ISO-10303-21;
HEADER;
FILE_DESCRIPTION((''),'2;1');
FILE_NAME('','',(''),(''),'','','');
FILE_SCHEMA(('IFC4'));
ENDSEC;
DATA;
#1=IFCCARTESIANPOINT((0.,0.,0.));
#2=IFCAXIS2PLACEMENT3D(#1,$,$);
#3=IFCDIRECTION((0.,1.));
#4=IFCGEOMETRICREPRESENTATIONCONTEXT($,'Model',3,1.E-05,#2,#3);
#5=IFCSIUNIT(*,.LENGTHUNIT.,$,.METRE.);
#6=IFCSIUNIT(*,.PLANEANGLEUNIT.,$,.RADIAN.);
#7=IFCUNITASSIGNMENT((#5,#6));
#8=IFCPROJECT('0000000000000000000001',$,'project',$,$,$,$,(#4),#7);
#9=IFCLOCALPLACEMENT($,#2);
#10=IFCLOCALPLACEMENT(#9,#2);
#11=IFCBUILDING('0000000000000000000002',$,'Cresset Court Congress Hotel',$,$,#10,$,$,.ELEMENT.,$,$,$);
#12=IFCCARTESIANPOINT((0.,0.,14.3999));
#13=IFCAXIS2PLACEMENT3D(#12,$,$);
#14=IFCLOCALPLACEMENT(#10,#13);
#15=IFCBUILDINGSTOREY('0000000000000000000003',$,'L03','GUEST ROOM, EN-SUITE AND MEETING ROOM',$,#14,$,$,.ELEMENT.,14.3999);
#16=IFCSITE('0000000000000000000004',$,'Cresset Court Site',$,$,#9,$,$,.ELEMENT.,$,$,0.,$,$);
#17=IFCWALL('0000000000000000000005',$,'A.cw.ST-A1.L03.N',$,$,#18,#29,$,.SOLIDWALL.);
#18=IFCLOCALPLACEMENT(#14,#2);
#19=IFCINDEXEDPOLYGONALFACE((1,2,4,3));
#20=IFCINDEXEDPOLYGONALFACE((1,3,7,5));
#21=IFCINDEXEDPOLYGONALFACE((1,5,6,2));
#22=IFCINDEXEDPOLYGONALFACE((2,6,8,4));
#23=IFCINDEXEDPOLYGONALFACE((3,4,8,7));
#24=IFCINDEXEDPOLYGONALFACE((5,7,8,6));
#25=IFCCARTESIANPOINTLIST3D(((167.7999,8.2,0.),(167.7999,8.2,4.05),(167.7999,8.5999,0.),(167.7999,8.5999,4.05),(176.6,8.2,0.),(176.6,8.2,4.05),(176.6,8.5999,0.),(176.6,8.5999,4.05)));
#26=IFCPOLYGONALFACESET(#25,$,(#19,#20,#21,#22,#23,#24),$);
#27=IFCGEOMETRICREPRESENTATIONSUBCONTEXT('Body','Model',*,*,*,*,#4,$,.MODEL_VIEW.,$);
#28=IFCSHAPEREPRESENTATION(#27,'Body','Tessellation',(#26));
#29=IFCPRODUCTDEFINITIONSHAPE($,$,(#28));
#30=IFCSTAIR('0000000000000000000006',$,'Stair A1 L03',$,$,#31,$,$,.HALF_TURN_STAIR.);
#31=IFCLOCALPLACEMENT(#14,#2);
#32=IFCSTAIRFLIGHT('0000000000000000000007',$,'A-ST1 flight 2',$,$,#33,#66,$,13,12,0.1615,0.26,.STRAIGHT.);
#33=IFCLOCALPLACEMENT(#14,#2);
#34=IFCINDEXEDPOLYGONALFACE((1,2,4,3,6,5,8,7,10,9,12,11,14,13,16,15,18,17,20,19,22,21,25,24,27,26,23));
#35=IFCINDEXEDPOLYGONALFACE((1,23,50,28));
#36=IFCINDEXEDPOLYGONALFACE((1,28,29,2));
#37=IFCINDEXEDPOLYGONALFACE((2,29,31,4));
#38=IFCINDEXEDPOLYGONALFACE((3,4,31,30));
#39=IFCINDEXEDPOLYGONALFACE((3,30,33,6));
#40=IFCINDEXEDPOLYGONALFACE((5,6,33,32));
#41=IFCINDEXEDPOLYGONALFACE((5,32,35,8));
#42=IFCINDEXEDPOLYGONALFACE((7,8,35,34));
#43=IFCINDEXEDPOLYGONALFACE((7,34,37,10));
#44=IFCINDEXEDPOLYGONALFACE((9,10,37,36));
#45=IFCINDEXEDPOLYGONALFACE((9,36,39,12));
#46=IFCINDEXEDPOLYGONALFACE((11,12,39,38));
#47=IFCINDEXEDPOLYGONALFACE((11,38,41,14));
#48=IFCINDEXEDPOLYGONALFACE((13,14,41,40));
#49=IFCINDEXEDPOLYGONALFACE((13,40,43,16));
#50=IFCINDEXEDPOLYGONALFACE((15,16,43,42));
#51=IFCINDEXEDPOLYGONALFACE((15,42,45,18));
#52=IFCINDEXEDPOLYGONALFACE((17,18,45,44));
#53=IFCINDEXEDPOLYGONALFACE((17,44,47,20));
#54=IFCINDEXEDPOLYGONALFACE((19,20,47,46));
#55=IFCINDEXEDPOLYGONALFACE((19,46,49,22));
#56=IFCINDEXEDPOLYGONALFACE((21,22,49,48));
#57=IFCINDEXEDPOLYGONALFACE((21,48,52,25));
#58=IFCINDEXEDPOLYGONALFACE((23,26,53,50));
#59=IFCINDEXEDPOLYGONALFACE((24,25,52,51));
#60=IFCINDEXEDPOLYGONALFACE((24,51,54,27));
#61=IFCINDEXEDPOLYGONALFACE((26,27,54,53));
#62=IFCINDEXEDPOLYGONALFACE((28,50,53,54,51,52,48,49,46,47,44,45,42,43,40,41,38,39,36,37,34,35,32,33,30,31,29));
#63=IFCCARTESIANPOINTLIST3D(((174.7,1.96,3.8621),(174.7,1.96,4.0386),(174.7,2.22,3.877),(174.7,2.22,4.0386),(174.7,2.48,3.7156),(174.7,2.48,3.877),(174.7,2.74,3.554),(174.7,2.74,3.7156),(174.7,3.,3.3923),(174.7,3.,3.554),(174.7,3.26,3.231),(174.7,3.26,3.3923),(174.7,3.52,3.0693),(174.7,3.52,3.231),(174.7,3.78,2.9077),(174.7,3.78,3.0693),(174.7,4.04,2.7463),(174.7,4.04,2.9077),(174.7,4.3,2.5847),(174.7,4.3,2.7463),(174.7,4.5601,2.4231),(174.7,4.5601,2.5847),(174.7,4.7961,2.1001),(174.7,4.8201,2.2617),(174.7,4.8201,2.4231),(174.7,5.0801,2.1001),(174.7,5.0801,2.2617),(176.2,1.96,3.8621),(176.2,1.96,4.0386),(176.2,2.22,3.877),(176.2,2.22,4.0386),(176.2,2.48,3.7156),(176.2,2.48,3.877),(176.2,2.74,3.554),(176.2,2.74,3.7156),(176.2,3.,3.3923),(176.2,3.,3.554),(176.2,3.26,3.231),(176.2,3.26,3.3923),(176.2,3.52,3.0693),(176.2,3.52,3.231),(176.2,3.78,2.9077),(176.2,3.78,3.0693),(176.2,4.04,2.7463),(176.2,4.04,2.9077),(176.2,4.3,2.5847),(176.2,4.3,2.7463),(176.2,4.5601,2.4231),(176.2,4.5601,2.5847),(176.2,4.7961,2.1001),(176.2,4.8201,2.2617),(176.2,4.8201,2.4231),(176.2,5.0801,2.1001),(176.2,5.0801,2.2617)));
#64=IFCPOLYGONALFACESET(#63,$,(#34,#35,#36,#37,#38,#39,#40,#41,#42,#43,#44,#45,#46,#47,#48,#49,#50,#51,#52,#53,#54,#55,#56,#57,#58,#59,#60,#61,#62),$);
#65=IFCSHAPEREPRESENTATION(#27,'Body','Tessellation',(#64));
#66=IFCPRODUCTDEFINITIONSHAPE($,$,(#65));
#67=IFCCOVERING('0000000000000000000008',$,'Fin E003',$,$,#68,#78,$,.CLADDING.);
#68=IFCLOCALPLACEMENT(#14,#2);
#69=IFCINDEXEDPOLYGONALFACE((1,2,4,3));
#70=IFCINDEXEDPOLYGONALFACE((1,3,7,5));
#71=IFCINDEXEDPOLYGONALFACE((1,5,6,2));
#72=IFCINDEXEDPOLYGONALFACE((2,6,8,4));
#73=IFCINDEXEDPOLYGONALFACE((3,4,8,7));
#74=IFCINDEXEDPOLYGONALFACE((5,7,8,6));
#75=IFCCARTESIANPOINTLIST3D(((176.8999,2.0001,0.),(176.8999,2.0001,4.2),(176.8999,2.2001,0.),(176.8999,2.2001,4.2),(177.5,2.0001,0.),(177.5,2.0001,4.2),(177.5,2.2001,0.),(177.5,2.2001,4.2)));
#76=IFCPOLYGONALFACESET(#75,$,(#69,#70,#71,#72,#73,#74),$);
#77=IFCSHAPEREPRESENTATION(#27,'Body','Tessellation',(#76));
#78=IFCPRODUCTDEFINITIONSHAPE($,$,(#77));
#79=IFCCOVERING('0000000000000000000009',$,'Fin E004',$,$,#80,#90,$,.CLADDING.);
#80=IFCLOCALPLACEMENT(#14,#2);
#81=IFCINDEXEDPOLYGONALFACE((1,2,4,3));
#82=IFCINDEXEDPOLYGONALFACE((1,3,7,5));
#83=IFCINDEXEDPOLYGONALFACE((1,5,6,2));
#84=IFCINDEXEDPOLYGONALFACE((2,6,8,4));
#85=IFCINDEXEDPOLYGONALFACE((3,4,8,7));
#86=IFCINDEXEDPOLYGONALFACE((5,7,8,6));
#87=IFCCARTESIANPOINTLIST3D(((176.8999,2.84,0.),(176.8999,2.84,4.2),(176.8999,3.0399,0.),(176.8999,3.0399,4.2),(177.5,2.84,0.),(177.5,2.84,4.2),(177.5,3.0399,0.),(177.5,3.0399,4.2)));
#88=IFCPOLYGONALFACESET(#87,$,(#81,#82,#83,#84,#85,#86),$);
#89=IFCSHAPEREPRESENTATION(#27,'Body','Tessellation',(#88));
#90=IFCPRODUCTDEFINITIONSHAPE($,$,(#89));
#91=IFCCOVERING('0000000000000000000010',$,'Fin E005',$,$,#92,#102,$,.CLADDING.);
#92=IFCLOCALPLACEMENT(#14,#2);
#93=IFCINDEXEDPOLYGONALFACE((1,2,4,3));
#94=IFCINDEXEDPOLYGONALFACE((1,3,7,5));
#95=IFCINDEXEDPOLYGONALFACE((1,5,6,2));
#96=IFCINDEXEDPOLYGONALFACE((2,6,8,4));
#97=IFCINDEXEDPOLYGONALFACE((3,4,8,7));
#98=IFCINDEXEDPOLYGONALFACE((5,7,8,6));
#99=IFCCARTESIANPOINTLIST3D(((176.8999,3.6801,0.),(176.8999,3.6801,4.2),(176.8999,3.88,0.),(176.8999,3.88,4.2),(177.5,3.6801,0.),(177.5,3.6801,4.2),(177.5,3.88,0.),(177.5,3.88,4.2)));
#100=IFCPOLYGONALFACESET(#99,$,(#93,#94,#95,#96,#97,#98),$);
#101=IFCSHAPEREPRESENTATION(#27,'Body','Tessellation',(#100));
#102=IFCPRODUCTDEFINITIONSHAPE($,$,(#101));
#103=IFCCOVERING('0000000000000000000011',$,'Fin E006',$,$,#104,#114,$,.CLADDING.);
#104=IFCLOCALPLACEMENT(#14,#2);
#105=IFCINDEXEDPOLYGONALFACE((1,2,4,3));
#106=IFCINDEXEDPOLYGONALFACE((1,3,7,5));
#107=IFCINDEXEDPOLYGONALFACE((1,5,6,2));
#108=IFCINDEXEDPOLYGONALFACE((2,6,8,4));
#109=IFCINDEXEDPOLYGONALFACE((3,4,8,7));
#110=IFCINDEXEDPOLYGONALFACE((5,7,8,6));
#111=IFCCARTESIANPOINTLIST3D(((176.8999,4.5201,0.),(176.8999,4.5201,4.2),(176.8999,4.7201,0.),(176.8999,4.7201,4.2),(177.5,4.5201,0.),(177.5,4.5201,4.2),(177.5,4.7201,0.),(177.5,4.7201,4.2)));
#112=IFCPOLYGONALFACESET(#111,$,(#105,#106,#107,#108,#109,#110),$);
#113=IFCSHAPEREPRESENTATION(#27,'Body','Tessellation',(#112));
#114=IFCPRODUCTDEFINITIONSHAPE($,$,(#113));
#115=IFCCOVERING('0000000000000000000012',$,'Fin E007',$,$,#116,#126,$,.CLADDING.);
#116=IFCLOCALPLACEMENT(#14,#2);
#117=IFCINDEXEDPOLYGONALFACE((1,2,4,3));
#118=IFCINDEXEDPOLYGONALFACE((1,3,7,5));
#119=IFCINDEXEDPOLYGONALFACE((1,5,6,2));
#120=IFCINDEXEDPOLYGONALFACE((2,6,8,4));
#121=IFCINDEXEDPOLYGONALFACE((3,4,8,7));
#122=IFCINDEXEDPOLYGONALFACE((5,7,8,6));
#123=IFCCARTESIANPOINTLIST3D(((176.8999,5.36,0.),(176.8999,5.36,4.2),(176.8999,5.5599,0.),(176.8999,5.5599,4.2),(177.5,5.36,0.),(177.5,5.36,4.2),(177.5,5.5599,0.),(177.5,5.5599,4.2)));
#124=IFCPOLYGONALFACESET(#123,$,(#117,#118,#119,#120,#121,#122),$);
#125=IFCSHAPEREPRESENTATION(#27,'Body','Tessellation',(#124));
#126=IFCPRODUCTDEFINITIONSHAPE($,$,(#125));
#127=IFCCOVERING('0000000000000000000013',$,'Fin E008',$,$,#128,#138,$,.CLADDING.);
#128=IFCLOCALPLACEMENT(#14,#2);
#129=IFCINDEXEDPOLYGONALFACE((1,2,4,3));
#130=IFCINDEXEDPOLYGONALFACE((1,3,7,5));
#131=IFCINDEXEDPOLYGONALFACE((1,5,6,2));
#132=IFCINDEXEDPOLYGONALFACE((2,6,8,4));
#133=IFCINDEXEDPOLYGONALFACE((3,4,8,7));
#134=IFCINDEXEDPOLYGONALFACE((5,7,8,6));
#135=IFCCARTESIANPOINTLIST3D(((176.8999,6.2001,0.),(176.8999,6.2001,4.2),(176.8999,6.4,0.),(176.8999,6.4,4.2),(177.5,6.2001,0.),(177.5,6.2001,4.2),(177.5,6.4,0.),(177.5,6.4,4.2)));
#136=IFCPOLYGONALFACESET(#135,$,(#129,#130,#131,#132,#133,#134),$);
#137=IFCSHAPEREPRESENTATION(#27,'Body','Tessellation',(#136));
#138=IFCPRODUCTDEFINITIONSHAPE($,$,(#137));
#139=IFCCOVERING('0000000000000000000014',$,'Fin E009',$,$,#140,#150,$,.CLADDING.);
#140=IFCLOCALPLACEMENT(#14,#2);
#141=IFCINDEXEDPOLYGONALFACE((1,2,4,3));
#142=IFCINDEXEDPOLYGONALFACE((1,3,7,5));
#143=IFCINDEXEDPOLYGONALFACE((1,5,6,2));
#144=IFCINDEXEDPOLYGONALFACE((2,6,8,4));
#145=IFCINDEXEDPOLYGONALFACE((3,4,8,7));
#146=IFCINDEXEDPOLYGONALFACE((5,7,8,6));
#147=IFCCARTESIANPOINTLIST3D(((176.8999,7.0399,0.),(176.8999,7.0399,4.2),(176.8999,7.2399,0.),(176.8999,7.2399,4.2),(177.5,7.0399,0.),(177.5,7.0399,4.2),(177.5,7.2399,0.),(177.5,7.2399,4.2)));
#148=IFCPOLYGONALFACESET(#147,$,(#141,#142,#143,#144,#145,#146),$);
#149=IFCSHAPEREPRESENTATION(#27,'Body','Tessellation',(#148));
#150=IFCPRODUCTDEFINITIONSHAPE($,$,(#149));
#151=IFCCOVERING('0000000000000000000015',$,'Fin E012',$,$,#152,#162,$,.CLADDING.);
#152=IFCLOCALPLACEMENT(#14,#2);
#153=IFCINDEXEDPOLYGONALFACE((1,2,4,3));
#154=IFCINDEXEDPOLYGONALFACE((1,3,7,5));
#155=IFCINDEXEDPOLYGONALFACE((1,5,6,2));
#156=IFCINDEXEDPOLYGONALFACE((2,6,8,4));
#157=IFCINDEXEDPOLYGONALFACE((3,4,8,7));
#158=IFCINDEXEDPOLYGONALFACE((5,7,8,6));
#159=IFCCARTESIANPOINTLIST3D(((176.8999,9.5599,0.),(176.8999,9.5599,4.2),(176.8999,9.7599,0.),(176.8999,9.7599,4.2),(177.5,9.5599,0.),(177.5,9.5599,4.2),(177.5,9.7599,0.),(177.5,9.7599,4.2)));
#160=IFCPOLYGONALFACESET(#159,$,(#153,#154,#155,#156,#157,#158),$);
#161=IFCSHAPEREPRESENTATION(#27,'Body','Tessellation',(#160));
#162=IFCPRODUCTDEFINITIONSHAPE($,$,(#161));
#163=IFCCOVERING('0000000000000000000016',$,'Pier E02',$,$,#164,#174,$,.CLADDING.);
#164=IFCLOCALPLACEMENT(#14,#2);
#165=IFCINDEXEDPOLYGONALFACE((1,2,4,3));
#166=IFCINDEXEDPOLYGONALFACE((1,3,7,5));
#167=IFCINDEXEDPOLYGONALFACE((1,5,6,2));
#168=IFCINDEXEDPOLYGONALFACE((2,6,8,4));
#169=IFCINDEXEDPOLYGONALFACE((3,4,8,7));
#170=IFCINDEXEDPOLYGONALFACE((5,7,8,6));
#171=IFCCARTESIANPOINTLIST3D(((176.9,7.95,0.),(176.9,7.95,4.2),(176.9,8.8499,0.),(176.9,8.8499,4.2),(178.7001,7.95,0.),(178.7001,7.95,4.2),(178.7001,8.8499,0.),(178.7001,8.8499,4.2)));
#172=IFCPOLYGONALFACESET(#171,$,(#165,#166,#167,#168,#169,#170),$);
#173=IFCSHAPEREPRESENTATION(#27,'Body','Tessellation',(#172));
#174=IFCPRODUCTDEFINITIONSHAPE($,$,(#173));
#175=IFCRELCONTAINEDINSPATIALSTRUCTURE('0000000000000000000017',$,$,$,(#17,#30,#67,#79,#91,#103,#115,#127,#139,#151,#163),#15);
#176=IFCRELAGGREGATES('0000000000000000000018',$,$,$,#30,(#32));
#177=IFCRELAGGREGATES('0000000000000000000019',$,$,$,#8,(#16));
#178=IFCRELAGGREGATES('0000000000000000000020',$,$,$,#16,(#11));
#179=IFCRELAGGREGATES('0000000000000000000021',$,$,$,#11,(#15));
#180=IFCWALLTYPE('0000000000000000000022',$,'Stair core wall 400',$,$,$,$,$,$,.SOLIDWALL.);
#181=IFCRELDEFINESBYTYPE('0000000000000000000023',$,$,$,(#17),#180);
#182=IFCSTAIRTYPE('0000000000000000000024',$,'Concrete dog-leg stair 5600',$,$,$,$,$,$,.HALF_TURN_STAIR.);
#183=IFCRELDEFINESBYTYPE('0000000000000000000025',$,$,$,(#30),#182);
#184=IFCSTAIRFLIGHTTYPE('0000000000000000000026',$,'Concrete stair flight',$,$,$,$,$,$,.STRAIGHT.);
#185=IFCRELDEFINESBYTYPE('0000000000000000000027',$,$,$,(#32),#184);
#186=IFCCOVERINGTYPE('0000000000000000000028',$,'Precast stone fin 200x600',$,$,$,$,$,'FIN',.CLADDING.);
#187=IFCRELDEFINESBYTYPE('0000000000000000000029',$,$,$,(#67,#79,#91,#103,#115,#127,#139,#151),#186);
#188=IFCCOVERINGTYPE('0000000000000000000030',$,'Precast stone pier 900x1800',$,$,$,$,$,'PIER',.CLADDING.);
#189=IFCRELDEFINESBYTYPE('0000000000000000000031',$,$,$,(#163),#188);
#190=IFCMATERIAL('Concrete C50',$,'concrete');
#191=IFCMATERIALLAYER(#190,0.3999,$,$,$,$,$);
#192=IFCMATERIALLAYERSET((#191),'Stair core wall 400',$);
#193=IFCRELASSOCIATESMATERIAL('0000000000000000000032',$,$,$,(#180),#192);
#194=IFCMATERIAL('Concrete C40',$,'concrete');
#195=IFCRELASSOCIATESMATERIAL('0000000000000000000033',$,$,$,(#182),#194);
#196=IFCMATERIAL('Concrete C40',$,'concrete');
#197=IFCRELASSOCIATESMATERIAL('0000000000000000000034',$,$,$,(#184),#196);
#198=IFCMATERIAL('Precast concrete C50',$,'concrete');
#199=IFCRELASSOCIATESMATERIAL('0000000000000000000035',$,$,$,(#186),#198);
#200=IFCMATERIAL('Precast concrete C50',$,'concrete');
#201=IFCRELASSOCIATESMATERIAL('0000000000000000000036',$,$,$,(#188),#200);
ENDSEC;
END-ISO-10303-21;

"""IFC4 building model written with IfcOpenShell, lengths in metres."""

from ifc_helpers import new_model, si_unit, direction, frame, frame_2d, origin, origin_2d, place, context, subcontext, project, spatial, polyline, rectangle, outline, extrude, material, layer, layer_set, type_object, element, aggregate, save


model = new_model("IFC4")

# Units and contexts
model_context = context("Model", 3, precision=1e-05, world=origin(), true_north=direction((0.0, 1.0)))
body_context = subcontext(model_context, "Body", "Model", "MODEL_VIEW")
ifc_project = project(units=[si_unit("LENGTHUNIT", "METRE"), si_unit("PLANEANGLEUNIT", "RADIAN")], contexts=[model_context])

# Site, building, storey
site_placement = place(None, origin())
site = spatial("IfcSite", under=ifc_project, at=site_placement, Name="Cresset Court Site", CompositionType="ELEMENT", RefElevation=0.0)
building_placement = place(site_placement, origin())
building = spatial("IfcBuilding", under=site, at=building_placement, Name="Cresset Court Congress Hotel", CompositionType="ELEMENT")
storey_placement = place(building_placement, frame((0.0, 0.0, 14.3999)))
storey = spatial("IfcBuildingStorey", under=building, at=storey_placement, Name="L03", Description="GUEST ROOM, EN-SUITE AND MEETING ROOM", CompositionType="ELEMENT", Elevation=14.3999)

# Wall
ifc_material_1 = material(Name="Concrete C50", Category="concrete")
ifc_layer_1 = layer(ifc_material_1, 0.3999)
ifc_layer_set_1 = layer_set([ifc_layer_1], Name="Stair core wall 400")
wall_type_1 = type_object("IfcWallType", Name="Stair core wall 400", PredefinedType="SOLIDWALL", material=ifc_layer_set_1)
wall_1_placement = place(storey_placement, frame((167.8, 8.3999, 0.0), z_axis=(0.0, 0.0, 1.0), x_axis=(1.0, 0.0, 0.0)))
element("IfcWall", 1, at=wall_1_placement, inside=storey, type_object=wall_type_1, Name="A.cw.ST-A1.L03.N", PredefinedType="SOLIDWALL", context=body_context, shape_type="SweptSolid", body=[
    extrude(rectangle(XDim=8.8, YDim=0.3999, at=frame_2d((4.3999, 0.0))), origin(), (0.0, 0.0, 1.0), 4.05),
])

# Stair, stair flight
ifc_material_2 = material(Name="Concrete C40", Category="concrete")
stair_type = type_object("IfcStairType", Name="Concrete dog-leg stair 5600", PredefinedType="HALF_TURN_STAIR", material=ifc_material_2)
stair_placement = place(storey_placement, origin())
stair = element("IfcStair", 2, at=stair_placement, inside=storey, type_object=stair_type, Name="Stair A1 L03", PredefinedType="HALF_TURN_STAIR")
ifc_material_3 = material(Name="Concrete C40", Category="concrete")
stair_flight_type = type_object("IfcStairFlightType", Name="Concrete stair flight", PredefinedType="STRAIGHT", material=ifc_material_3)
stair_flight_placement = place(storey_placement, frame((175.45, 5.0801, 2.1001), z_axis=(0.0, 0.0, 1.0), x_axis=(0.0, -1.0, 0.0)))
stair_flight = element("IfcStairFlight", 3, at=stair_flight_placement, type_object=stair_flight_type, Name="A-ST1 flight 2", NumberOfRisers=13, NumberOfTreads=12, PredefinedType="STRAIGHT", RiserHeight=0.1615, TreadLength=0.26, context=body_context, shape_type="SweptSolid", body=[
    extrude(outline(polyline([(0.0, 0.0), (0.0, 0.1616), (0.26, 0.1616), (0.26, 0.323), (0.52, 0.323), (0.52, 0.4846), (0.78, 0.4846), (0.78, 0.6462), (1.04, 0.6462), (1.04, 0.8076), (1.3, 0.8076), (1.3, 0.9692), (1.5601, 0.9692), (1.5601, 1.1309), (1.8201, 1.1309), (1.8201, 1.2922), (2.0801, 1.2922), (2.0801, 1.4539), (2.3401, 1.4539), (2.3401, 1.6155), (2.6001, 1.6155), (2.6001, 1.7769), (2.8601, 1.7769), (2.8601, 1.9385), (3.1201, 1.9385), (3.1201, 2.1001), (3.1201, 1.762), (0.2839, 0.0), (0.0, 0.0)])), frame((0.0, 0.75, 0.0), z_axis=(0.0, -1.0, 0.0), x_axis=(1.0, 0.0, 0.0)), (0.0, 0.0, 1.0), 1.5),
])
aggregate(stair, [stair_flight])

# Coverings
ifc_material_4 = material(Name="Precast concrete C50", Category="concrete")
covering_type_1 = type_object("IfcCoveringType", Name="Precast stone fin 200x600", ElementType="FIN", PredefinedType="CLADDING", material=ifc_material_4)
for number, where, z_axis, x_axis, name in (
    (4, (177.2, 2.1001, 0.0), (0.0, 0.0, 1.0), (1.0, 0.0, 0.0), "Fin E003"),
    (5, (177.2, 2.9399, 0.0), (0.0, 0.0, 1.0), (1.0, 0.0, 0.0), "Fin E004"),
    (6, (177.2, 3.78, 0.0), (0.0, 0.0, 1.0), (1.0, 0.0, 0.0), "Fin E005"),
    (7, (177.2, 4.6201, 0.0), (0.0, 0.0, 1.0), (1.0, 0.0, 0.0), "Fin E006"),
    (8, (177.2, 5.46, 0.0), (0.0, 0.0, 1.0), (1.0, 0.0, 0.0), "Fin E007"),
    (9, (177.2, 6.3, 0.0), (0.0, 0.0, 1.0), (1.0, 0.0, 0.0), "Fin E008"),
    (10, (177.2, 7.1399, 0.0), (0.0, 0.0, 1.0), (1.0, 0.0, 0.0), "Fin E009"),
    (11, (177.2, 9.6599, 0.0), (0.0, 0.0, 1.0), (1.0, 0.0, 0.0), "Fin E012"),
):
    element("IfcCovering", number, at=place(storey_placement, frame(where, z_axis=z_axis, x_axis=x_axis)), inside=storey, type_object=covering_type_1, Name=name, PredefinedType="CLADDING", context=body_context, shape_type="SweptSolid", body=[
        extrude(rectangle(XDim=0.6001, YDim=0.2, at=origin_2d()), origin(), (0.0, 0.0, 1.0), 4.2),
    ])
ifc_material_5 = material(Name="Precast concrete C50", Category="concrete")
covering_type_2 = type_object("IfcCoveringType", Name="Precast stone pier 900x1800", ElementType="PIER", PredefinedType="CLADDING", material=ifc_material_5)
covering_placement = place(storey_placement, frame((177.8, 8.3999, 0.0), z_axis=(0.0, 0.0, 1.0), x_axis=(1.0, 0.0, 0.0)))
element("IfcCovering", 12, at=covering_placement, inside=storey, type_object=covering_type_2, Name="Pier E02", PredefinedType="CLADDING", context=body_context, shape_type="SweptSolid", body=[
    extrude(rectangle(XDim=1.8, YDim=0.8999, at=origin_2d()), origin(), (0.0, 0.0, 1.0), 4.2),
])

save(model, "model.ifc")
